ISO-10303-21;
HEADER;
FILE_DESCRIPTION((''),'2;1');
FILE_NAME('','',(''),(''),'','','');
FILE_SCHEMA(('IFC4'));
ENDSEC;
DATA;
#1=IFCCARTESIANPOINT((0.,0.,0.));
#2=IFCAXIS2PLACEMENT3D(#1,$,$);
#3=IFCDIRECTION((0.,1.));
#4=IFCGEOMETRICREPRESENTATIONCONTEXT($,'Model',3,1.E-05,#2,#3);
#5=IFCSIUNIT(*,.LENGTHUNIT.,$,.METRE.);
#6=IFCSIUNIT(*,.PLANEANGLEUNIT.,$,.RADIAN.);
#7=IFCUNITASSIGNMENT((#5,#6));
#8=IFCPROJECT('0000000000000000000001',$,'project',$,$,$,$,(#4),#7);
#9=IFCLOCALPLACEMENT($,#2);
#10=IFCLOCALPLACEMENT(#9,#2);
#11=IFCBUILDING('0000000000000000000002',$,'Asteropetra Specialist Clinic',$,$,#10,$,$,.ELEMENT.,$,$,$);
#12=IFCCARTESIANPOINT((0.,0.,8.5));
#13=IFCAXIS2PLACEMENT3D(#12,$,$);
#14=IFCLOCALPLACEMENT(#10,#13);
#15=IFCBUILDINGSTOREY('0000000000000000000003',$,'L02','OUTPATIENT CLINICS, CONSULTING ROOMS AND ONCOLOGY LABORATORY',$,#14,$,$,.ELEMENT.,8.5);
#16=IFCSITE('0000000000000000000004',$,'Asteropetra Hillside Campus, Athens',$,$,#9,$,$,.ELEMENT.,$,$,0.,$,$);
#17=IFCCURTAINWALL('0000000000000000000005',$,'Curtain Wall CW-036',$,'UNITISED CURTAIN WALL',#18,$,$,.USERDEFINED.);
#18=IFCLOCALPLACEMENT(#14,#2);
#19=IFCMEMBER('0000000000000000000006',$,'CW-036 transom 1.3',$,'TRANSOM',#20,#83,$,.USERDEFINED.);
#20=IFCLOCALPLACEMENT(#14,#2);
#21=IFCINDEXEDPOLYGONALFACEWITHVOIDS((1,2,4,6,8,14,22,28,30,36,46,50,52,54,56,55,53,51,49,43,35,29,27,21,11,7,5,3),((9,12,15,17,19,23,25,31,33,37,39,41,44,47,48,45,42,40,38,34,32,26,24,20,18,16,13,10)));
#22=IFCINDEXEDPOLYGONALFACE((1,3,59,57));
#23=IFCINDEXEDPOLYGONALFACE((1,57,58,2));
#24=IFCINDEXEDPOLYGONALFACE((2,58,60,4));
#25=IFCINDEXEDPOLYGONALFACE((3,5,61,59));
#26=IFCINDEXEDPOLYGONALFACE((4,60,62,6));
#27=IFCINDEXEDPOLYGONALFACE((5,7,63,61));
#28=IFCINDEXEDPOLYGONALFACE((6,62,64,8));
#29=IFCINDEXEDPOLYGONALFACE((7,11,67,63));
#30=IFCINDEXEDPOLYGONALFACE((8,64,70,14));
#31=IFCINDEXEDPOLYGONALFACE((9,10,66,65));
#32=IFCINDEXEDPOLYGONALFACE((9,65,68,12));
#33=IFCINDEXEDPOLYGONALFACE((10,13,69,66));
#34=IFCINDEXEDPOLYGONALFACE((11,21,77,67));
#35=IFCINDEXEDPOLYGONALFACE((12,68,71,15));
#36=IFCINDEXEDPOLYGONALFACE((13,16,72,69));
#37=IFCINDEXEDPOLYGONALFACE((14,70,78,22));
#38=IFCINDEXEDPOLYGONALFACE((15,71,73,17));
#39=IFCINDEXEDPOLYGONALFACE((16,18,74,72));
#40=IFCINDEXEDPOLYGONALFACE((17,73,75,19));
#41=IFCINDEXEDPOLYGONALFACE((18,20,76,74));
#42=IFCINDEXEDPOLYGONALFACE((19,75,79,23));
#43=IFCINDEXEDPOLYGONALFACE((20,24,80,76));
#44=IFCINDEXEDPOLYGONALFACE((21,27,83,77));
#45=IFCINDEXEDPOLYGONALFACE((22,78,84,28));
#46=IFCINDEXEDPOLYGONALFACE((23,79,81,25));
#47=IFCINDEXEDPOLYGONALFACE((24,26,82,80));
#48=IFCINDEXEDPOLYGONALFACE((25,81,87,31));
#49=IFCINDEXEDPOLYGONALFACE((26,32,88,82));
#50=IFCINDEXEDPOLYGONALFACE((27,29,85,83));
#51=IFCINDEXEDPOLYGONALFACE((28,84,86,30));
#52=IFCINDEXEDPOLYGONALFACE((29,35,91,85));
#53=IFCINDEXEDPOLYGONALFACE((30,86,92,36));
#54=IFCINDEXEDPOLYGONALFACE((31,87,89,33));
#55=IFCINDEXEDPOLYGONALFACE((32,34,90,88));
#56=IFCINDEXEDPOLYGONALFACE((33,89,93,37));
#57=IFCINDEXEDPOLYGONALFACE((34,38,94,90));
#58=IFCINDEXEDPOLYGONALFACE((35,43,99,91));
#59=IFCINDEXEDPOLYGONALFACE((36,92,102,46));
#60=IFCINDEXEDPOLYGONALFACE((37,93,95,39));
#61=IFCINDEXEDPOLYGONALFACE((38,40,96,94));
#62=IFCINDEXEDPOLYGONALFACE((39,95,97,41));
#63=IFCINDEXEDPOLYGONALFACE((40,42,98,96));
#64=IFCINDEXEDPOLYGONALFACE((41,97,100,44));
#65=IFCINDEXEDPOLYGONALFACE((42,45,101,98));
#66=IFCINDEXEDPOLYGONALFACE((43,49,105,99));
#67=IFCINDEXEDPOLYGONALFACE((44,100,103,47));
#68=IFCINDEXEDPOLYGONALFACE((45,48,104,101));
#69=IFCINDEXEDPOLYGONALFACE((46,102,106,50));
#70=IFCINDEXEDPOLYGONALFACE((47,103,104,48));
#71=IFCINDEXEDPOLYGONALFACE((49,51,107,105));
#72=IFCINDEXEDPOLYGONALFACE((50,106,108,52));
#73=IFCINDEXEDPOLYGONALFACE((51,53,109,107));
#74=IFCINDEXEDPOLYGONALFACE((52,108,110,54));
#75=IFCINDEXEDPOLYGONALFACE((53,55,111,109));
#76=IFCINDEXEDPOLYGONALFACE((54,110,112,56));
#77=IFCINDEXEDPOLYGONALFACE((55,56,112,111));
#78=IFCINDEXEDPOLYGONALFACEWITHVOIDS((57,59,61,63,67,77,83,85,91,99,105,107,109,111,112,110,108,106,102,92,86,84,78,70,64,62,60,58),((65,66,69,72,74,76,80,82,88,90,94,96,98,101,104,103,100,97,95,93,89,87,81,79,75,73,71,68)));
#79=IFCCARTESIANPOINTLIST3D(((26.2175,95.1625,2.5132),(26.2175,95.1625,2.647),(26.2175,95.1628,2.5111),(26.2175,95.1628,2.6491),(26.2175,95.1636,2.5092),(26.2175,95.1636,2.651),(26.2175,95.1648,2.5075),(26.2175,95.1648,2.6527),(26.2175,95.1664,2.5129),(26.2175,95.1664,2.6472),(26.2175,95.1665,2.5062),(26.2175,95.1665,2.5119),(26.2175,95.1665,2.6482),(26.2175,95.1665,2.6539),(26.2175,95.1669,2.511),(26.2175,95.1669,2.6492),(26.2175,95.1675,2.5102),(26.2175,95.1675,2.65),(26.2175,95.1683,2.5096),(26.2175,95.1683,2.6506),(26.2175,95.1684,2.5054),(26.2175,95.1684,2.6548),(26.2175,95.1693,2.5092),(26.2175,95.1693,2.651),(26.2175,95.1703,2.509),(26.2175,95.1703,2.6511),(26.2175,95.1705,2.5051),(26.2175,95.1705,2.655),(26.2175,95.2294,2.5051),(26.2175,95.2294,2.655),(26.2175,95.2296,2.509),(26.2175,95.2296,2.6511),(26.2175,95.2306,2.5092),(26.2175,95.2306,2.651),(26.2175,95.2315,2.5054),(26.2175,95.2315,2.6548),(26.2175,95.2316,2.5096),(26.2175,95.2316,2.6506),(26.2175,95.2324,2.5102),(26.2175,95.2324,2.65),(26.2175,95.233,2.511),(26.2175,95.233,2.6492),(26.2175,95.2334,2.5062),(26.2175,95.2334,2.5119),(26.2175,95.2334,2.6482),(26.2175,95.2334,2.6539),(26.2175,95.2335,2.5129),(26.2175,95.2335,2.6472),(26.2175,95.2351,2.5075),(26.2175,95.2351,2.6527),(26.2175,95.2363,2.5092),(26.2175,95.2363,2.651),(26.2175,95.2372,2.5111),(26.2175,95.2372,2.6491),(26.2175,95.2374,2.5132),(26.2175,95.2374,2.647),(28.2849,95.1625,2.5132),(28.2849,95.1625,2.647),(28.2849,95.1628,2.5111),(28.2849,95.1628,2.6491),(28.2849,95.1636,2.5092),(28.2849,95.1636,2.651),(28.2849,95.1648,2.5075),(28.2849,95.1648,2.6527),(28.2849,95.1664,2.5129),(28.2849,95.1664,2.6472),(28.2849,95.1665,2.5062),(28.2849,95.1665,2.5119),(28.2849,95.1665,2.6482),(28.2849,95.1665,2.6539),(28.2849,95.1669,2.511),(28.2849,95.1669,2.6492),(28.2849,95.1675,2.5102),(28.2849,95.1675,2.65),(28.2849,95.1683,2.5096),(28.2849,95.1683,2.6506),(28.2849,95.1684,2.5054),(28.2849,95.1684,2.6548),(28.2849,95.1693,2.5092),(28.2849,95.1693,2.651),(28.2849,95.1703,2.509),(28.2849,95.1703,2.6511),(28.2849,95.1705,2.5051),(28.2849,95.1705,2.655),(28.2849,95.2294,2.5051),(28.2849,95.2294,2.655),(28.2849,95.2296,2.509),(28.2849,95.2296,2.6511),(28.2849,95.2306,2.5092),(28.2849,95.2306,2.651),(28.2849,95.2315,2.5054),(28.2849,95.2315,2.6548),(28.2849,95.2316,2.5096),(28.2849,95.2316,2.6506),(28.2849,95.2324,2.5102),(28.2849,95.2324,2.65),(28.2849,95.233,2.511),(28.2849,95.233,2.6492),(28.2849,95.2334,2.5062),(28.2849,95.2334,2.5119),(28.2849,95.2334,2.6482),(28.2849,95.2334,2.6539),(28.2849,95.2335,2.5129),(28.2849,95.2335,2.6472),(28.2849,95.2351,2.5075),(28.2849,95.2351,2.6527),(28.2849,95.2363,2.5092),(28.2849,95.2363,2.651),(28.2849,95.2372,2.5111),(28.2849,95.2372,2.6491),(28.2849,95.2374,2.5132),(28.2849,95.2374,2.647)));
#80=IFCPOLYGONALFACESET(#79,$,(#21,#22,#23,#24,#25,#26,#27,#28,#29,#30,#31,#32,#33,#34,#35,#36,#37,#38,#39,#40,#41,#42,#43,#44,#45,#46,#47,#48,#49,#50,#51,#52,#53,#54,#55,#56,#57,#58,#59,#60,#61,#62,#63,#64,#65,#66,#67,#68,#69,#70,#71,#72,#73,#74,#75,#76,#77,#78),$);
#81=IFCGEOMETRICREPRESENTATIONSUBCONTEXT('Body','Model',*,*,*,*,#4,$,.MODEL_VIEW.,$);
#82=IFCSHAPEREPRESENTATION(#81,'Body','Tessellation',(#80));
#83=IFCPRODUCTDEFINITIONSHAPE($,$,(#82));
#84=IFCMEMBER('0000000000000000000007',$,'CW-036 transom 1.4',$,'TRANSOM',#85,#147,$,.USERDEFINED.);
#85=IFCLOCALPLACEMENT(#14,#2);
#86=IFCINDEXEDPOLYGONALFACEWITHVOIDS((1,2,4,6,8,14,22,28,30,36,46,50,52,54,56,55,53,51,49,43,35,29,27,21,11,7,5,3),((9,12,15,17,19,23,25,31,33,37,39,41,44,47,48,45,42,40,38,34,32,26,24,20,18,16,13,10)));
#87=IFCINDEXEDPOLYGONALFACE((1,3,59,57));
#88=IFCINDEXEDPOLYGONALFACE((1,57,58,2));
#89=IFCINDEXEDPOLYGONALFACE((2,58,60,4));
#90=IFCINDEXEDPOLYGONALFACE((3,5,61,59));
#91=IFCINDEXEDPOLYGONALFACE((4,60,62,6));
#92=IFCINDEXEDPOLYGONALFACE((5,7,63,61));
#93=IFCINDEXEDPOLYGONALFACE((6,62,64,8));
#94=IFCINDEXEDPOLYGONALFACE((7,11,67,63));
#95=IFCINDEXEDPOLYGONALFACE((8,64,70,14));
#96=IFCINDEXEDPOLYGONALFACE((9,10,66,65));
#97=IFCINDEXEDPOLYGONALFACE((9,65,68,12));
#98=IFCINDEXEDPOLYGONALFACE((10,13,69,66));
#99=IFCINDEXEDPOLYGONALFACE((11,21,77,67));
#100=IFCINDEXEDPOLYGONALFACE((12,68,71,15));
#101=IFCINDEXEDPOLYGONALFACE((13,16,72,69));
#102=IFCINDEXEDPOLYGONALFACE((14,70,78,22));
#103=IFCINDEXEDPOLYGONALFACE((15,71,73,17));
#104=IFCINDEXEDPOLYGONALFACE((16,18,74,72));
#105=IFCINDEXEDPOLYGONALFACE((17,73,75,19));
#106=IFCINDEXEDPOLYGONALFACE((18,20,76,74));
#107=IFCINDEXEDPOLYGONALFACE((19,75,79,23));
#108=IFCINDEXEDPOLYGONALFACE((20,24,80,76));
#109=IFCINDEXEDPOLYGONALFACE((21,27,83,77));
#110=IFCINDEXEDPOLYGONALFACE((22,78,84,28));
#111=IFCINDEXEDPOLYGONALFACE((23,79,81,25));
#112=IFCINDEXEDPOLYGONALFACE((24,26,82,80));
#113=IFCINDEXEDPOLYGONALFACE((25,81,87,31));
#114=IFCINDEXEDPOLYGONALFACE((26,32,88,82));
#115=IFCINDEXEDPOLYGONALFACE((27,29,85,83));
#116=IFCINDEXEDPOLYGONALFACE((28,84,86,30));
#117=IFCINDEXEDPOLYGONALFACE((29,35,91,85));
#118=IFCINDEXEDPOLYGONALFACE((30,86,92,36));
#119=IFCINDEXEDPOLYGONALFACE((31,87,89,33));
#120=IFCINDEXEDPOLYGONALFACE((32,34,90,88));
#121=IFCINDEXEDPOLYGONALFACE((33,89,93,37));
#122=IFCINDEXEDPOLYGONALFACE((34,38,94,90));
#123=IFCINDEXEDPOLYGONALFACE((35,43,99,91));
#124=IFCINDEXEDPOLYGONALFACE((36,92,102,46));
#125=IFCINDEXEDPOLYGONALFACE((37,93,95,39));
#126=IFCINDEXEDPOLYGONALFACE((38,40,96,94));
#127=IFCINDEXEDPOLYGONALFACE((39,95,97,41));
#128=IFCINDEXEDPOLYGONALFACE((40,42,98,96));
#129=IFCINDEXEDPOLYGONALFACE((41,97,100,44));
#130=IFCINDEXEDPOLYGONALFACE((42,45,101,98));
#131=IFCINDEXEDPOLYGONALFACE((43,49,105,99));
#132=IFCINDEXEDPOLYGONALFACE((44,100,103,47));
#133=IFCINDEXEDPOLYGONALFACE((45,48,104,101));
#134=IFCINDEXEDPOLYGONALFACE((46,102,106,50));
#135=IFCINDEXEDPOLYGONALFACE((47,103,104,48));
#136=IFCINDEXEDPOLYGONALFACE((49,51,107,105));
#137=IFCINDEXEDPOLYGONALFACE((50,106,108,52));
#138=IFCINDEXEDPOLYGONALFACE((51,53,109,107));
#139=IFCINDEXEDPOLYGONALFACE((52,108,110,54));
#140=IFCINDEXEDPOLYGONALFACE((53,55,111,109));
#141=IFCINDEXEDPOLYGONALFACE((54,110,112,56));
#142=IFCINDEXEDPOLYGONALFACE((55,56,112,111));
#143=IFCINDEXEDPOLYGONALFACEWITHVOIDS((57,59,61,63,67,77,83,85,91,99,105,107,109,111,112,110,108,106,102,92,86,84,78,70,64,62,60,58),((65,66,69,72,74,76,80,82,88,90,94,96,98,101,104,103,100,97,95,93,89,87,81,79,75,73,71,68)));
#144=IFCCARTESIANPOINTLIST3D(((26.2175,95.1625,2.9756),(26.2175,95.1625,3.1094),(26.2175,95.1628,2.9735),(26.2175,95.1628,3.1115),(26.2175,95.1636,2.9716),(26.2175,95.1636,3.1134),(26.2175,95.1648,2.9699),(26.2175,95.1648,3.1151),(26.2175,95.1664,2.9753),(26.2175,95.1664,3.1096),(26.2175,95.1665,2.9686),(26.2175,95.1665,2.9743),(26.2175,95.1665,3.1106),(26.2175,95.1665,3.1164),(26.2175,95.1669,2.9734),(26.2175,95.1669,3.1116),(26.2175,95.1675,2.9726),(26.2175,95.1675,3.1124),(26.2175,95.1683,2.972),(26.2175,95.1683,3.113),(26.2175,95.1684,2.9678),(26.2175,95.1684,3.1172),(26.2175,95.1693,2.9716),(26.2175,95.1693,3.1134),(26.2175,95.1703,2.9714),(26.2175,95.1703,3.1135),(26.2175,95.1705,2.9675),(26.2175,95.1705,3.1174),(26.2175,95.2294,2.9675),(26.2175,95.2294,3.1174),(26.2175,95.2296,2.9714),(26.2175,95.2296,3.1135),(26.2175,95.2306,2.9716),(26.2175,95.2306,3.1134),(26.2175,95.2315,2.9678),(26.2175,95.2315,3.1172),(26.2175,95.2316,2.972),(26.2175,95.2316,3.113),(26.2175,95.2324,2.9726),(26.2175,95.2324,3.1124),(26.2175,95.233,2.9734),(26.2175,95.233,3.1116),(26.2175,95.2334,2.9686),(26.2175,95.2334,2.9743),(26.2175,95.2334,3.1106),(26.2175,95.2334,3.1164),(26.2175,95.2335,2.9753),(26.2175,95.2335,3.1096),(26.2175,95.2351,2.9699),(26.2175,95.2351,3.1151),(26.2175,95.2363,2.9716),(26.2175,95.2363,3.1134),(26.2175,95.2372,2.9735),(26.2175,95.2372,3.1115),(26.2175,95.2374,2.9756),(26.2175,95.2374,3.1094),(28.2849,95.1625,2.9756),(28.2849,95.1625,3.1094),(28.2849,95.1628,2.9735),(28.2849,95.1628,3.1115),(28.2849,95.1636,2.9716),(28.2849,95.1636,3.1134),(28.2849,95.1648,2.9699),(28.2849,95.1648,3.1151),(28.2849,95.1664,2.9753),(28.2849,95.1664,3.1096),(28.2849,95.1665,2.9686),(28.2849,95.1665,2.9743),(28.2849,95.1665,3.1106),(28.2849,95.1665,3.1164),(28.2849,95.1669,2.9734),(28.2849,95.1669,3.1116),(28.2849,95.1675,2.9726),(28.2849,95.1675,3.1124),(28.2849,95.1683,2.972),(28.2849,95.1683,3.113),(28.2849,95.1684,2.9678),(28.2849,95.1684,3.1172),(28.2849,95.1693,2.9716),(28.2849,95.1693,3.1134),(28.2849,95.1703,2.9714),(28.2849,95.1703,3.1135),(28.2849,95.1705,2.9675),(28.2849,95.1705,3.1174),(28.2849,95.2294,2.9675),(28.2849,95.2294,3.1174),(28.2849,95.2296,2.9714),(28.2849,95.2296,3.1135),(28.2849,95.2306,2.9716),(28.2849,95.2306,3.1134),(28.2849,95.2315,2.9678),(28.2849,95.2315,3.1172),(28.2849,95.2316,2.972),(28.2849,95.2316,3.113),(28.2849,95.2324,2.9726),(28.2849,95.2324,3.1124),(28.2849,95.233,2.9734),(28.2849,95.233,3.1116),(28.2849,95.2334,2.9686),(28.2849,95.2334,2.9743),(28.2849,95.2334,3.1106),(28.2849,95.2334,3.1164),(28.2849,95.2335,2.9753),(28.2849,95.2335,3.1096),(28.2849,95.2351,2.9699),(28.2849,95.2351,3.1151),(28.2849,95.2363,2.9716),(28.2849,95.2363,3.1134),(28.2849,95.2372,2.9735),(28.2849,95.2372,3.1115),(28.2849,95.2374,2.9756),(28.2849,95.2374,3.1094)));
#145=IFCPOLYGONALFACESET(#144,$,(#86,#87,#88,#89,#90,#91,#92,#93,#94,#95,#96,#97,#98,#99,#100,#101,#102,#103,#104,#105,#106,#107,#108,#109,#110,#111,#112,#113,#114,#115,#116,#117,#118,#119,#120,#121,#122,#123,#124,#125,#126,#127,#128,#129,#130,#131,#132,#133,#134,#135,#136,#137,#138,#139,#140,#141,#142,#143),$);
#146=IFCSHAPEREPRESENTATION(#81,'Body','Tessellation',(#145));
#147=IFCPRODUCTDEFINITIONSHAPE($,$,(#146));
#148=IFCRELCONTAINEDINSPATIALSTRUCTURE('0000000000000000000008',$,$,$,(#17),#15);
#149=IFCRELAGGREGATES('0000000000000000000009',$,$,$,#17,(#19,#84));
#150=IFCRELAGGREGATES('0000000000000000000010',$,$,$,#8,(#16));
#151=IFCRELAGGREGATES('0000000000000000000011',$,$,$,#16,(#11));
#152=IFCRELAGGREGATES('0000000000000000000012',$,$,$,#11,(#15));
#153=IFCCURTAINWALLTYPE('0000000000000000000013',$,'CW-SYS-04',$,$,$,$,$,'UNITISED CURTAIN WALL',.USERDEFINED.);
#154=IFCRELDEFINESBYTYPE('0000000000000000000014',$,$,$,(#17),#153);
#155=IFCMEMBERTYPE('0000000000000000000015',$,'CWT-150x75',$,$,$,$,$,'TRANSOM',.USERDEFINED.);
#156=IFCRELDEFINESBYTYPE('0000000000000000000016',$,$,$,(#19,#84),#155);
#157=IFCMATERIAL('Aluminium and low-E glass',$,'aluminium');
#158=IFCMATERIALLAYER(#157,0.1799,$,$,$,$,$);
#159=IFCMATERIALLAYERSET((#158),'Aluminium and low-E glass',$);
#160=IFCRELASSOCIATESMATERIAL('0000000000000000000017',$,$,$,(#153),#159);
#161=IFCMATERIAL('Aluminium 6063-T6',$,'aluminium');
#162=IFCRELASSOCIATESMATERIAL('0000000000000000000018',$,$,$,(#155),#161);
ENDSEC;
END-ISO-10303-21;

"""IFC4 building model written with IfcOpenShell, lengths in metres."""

from ifc_helpers import new_model, si_unit, direction, frame, origin, origin_2d, place, context, subcontext, project, spatial, hollow_rectangle, extrude, material, layer, layer_set, material_profile, profile_set, type_object, element, aggregate, save


model = new_model("IFC4")

# Units and contexts
model_context = context("Model", 3, precision=1e-05, world=origin(), true_north=direction((0.0, 1.0)))
body_context = subcontext(model_context, "Body", "Model", "MODEL_VIEW")
ifc_project = project(units=[si_unit("LENGTHUNIT", "METRE"), si_unit("PLANEANGLEUNIT", "RADIAN")], contexts=[model_context])

# Site, building, storey
site_placement = place(None, origin())
site = spatial("IfcSite", under=ifc_project, at=site_placement, Name="Asteropetra Hillside Campus, Athens", CompositionType="ELEMENT", RefElevation=0.0)
building_placement = place(site_placement, origin())
building = spatial("IfcBuilding", under=site, at=building_placement, Name="Asteropetra Specialist Clinic", CompositionType="ELEMENT")
storey_placement = place(building_placement, frame((0.0, 0.0, 8.5)))
storey = spatial("IfcBuildingStorey", under=building, at=storey_placement, Name="L02", Description="OUTPATIENT CLINICS, CONSULTING ROOMS AND ONCOLOGY LABORATORY", CompositionType="ELEMENT", Elevation=8.5)

# Curtain wall, members
ifc_material_1 = material(Name="Aluminium and low-E glass", Category="aluminium")
ifc_layer_1 = layer(ifc_material_1, 0.1799)
ifc_layer_set_1 = layer_set([ifc_layer_1], Name="Aluminium and low-E glass")
curtain_wall_type = type_object("IfcCurtainWallType", Name="CW-SYS-04", ElementType="UNITISED CURTAIN WALL", PredefinedType="USERDEFINED", material=ifc_layer_set_1)
curtain_wall_placement = place(storey_placement, origin())
curtain_wall = element("IfcCurtainWall", 1, at=curtain_wall_placement, inside=storey, type_object=curtain_wall_type, Name="Curtain Wall CW-036", ObjectType="UNITISED CURTAIN WALL", PredefinedType="USERDEFINED")
ifc_material_2 = material(Name="Aluminium 6063-T6", Category="aluminium")
ifc_material_profile_1 = material_profile(ifc_material_2, hollow_rectangle(XDim=0.075, YDim=0.1499, WallThickness=0.0039, InnerFilletRadius=0.0039, OuterFilletRadius=0.0081, at=origin_2d()), Name="TRN 150x75x4.0")
ifc_profile_set_1 = profile_set([ifc_material_profile_1], Name="Aluminium 6063-T6")
member_type_1 = type_object("IfcMemberType", Name="CWT-150x75", ElementType="TRANSOM", PredefinedType="USERDEFINED", material=ifc_profile_set_1)
member_1_placement = place(storey_placement, frame((28.2849, 95.2, 2.5801), z_axis=(-1.0, 0.0, 0.0), x_axis=(0.0, -1.0, 0.0)))
member_1 = element("IfcMember", 2, at=member_1_placement, type_object=member_type_1, Name="CW-036 transom 1.3", ObjectType="TRANSOM", PredefinedType="USERDEFINED", context=body_context, shape_type="SweptSolid", body=[
    extrude(hollow_rectangle(XDim=0.075, YDim=0.1499, WallThickness=0.0039, InnerFilletRadius=0.0039, OuterFilletRadius=0.0081, at=origin_2d()), origin(), (0.0, 0.0, 1.0), 2.0674),
])
member_2_placement = place(storey_placement, frame((28.2849, 95.2, 3.0425), z_axis=(-1.0, 0.0, 0.0), x_axis=(0.0, -1.0, 0.0)))
member_2 = element("IfcMember", 3, at=member_2_placement, type_object=member_type_1, Name="CW-036 transom 1.4", ObjectType="TRANSOM", PredefinedType="USERDEFINED", context=body_context, shape_type="SweptSolid", body=[
    extrude(hollow_rectangle(XDim=0.075, YDim=0.1499, WallThickness=0.0039, InnerFilletRadius=0.0039, OuterFilletRadius=0.0081, at=origin_2d()), origin(), (0.0, 0.0, 1.0), 2.0674),
])
aggregate(curtain_wall, [member_1, member_2])

save(model, "model.ifc")
